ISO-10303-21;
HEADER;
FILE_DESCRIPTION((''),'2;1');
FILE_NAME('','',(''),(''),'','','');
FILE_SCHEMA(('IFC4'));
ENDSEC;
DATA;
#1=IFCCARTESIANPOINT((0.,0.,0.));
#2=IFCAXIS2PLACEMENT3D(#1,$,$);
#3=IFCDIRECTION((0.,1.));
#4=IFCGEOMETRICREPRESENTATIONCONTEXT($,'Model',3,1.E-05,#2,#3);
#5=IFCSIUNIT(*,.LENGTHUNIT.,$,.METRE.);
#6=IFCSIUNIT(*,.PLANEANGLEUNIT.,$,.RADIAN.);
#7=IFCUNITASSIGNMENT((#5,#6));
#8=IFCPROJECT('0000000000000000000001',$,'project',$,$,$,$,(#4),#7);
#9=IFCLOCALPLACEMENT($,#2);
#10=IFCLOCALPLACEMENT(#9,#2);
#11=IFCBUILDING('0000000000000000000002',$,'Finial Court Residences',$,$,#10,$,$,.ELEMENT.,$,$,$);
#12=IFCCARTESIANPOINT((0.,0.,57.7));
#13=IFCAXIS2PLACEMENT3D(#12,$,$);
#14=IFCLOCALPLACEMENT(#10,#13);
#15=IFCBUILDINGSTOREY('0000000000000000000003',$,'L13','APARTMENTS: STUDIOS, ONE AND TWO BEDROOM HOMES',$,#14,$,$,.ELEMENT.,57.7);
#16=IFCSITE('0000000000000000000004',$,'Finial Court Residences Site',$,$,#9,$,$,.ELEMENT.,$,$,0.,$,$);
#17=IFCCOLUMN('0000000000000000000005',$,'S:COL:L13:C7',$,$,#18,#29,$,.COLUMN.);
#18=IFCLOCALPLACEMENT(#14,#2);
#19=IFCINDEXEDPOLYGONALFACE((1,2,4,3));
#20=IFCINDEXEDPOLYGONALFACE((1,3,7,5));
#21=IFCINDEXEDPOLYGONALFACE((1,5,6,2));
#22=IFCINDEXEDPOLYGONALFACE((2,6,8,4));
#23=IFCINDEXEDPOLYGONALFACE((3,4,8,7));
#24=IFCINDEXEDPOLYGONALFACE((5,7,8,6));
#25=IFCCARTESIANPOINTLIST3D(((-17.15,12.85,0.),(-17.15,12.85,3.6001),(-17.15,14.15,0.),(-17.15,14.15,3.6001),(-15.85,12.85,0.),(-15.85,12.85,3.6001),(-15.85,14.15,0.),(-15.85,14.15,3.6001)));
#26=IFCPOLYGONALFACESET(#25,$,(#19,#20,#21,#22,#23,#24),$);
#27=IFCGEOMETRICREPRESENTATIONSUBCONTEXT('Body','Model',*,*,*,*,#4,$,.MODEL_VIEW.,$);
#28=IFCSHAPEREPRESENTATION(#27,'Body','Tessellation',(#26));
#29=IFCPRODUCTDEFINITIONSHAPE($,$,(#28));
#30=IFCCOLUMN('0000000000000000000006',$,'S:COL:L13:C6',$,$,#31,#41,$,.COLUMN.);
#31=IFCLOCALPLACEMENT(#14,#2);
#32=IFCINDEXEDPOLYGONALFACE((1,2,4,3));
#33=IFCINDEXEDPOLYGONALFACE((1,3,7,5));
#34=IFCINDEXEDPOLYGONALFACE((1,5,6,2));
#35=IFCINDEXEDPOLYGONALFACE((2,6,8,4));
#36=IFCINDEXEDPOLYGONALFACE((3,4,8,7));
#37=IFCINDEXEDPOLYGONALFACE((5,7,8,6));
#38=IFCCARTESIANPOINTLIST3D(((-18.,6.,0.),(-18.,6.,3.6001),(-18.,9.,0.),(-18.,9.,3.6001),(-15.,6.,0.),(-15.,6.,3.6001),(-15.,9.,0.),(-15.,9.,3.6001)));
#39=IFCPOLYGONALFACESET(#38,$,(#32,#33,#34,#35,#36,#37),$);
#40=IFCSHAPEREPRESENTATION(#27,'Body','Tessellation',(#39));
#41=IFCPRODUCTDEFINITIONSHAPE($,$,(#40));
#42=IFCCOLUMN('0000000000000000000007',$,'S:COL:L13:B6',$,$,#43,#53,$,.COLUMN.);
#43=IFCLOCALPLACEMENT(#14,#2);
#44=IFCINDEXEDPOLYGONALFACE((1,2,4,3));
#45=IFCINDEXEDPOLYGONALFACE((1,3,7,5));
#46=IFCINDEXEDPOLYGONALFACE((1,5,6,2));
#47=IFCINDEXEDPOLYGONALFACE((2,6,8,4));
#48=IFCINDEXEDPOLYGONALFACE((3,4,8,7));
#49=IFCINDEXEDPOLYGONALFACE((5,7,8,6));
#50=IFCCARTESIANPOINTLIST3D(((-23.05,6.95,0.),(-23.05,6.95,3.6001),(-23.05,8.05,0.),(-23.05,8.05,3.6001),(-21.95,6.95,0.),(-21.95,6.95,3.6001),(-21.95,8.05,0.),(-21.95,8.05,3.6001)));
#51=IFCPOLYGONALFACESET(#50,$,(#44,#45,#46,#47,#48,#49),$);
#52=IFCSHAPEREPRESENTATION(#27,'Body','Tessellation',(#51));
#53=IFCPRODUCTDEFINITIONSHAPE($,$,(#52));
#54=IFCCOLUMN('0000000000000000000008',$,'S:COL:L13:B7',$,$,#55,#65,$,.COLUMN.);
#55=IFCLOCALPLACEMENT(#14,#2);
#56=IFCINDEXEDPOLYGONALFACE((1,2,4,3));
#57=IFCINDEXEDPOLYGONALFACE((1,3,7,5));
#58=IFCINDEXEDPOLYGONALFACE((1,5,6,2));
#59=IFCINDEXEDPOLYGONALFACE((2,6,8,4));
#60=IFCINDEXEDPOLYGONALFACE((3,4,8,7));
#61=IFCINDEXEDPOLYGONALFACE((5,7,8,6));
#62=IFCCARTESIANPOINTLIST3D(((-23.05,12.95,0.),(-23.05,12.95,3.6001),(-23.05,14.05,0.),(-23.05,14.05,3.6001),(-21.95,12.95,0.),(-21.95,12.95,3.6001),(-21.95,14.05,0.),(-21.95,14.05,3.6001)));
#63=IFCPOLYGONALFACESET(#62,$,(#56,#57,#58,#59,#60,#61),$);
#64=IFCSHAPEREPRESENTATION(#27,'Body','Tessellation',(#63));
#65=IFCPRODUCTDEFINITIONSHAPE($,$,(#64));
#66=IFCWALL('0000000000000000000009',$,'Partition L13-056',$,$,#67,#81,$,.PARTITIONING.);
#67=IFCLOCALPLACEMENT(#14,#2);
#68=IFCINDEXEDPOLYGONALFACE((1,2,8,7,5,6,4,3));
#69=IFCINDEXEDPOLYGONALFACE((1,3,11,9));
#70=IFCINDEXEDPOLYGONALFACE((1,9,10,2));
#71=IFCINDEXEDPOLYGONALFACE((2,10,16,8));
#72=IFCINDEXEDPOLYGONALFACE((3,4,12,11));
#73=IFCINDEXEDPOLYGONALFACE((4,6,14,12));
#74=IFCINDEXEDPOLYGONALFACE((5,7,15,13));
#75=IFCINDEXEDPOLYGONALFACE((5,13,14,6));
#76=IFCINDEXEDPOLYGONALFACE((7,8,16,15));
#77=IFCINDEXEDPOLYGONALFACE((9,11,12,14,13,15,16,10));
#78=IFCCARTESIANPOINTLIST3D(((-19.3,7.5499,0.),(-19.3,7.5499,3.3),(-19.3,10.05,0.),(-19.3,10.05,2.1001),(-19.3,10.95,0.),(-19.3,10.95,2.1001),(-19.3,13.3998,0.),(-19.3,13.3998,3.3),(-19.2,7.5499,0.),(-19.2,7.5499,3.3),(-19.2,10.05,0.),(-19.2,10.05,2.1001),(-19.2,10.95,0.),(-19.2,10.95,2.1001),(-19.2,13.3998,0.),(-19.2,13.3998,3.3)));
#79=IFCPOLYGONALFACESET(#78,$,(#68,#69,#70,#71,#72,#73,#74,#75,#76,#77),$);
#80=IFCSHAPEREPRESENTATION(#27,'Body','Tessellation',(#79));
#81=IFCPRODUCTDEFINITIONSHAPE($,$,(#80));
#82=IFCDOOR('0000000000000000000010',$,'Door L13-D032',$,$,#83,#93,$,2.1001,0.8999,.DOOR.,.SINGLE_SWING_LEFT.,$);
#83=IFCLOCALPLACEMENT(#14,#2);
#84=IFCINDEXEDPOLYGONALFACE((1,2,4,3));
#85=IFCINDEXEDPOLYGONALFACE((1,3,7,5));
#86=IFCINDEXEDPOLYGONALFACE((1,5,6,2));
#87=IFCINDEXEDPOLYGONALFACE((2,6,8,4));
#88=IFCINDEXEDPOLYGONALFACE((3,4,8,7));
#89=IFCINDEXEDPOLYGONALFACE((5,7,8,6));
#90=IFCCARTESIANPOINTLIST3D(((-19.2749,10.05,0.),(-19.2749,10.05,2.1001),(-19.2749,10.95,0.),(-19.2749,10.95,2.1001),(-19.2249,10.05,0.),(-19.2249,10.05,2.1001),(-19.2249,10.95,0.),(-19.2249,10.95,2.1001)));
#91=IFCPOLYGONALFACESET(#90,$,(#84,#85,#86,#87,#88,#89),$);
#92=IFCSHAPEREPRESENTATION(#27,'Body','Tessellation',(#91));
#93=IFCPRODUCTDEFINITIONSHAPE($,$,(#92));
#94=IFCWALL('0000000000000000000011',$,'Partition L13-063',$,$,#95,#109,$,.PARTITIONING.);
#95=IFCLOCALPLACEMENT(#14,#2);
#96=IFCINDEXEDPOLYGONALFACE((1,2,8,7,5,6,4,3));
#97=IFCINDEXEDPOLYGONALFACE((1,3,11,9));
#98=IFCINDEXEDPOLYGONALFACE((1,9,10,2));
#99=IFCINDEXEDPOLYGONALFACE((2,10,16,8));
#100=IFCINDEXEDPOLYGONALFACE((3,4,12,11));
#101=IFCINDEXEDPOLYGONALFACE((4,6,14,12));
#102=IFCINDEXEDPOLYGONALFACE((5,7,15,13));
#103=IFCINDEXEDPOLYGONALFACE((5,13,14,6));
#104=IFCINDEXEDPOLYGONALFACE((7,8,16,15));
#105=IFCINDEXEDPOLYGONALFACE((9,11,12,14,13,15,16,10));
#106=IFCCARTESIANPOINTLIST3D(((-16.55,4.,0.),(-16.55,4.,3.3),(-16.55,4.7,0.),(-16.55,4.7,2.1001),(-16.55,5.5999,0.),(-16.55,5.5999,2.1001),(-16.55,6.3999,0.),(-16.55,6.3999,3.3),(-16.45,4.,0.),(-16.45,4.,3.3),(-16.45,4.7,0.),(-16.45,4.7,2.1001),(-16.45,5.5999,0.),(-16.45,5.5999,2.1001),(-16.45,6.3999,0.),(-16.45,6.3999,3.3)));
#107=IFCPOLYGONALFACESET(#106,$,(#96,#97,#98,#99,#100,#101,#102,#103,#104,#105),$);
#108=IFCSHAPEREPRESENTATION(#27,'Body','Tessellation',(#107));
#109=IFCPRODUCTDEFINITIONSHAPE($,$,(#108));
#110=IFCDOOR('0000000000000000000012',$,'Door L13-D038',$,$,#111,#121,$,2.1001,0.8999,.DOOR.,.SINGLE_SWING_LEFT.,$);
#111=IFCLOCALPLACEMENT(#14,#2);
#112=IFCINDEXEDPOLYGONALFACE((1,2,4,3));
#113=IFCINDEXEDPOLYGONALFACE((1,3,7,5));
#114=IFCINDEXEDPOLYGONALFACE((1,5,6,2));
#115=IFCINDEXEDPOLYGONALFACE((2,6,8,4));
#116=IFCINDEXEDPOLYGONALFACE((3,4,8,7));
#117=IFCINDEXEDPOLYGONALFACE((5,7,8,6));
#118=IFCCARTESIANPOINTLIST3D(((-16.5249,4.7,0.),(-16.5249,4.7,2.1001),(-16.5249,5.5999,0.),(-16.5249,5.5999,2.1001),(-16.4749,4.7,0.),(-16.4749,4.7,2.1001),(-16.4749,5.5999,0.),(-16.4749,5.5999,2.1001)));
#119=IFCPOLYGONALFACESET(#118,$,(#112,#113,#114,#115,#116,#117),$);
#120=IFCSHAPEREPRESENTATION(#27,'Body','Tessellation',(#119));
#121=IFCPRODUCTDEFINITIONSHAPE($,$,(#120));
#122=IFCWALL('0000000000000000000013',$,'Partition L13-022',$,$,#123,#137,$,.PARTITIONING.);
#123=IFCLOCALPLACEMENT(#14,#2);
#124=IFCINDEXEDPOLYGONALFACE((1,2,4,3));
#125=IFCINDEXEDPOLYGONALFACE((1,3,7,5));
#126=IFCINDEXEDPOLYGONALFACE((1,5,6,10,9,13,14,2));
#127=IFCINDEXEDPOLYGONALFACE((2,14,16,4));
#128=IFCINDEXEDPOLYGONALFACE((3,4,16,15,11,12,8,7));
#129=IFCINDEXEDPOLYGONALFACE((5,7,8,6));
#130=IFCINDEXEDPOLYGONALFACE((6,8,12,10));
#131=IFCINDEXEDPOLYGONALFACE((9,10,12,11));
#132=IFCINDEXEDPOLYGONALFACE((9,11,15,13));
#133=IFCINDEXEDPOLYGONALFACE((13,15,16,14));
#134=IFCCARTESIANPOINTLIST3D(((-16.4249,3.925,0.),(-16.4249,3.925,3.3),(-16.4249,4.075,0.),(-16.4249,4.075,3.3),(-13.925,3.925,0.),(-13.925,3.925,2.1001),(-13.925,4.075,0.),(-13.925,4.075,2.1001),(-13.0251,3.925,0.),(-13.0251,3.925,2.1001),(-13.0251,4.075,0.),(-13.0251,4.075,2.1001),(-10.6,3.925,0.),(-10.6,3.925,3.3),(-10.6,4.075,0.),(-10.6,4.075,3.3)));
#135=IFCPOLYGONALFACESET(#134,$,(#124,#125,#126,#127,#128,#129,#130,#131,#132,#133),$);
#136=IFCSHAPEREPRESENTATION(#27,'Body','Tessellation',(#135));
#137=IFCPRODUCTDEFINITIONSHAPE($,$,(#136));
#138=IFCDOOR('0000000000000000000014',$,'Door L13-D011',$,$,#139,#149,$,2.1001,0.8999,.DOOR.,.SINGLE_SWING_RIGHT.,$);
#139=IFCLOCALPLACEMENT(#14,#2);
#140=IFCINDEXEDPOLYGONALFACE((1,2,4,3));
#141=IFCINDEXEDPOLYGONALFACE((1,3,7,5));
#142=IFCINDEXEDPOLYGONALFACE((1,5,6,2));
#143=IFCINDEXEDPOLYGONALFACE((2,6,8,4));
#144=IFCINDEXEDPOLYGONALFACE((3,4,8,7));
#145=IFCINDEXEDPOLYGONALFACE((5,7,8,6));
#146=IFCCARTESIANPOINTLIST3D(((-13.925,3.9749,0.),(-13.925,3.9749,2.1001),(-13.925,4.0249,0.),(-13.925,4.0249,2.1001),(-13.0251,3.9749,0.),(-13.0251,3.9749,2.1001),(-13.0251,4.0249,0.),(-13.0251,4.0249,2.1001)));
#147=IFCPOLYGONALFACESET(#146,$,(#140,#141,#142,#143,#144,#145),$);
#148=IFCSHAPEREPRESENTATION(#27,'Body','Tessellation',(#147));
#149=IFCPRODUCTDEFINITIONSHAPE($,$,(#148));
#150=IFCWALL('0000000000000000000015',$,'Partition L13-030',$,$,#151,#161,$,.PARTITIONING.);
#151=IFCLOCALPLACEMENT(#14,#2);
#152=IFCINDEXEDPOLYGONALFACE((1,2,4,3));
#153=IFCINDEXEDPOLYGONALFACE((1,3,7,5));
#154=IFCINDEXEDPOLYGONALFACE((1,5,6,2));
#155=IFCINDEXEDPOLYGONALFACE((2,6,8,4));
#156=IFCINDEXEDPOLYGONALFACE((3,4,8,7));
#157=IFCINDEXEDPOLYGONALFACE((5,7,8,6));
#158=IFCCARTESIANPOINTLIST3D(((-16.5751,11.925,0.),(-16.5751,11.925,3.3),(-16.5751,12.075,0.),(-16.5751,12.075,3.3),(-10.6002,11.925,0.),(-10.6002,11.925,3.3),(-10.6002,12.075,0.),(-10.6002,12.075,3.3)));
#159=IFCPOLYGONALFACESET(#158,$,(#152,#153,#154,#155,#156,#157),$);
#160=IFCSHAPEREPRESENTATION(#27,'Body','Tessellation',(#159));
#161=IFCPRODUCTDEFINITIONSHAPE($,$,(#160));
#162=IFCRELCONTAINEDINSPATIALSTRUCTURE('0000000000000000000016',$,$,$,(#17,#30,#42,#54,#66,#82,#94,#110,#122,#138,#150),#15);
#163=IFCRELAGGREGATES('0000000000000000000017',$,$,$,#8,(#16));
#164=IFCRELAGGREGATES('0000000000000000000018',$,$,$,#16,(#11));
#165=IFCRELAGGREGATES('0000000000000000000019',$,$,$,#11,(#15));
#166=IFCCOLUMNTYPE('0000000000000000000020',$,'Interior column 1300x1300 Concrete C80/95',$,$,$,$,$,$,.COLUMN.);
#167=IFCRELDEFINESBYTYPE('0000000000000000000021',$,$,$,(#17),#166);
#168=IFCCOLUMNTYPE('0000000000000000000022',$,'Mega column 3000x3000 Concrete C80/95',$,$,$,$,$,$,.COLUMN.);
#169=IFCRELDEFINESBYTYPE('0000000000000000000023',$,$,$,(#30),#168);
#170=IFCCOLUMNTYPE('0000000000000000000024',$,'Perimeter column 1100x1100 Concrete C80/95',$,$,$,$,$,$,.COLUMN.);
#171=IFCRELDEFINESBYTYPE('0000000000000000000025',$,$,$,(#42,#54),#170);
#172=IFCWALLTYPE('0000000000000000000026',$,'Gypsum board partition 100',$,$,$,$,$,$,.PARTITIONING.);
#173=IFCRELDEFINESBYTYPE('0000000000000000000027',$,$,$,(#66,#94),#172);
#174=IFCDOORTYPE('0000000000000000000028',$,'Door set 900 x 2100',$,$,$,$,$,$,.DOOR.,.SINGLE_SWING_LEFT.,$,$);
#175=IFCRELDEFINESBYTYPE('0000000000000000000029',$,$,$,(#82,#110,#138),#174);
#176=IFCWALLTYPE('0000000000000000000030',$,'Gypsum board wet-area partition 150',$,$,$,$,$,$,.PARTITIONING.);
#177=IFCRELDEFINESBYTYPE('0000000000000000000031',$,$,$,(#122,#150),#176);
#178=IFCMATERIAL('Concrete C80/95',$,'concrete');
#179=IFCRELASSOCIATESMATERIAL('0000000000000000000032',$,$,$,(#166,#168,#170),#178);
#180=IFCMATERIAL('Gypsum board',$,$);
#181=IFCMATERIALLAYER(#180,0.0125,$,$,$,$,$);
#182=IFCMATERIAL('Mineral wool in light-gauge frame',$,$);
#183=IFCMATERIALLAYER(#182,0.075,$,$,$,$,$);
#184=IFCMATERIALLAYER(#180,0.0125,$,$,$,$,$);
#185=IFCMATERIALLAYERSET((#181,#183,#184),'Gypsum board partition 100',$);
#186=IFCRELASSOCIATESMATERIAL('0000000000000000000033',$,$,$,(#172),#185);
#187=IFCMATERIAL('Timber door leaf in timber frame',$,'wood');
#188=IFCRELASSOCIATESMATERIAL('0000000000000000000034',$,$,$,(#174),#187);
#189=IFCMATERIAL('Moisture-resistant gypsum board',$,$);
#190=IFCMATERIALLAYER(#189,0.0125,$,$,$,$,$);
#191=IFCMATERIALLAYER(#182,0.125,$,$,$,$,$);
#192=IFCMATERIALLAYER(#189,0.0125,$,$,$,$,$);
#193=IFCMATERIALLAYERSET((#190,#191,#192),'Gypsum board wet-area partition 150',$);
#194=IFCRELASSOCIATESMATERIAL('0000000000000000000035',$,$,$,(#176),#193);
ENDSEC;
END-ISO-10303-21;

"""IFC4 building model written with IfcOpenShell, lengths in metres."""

from ifc_helpers import new_model, si_unit, direction, frame, frame_2d, origin, origin_2d, place, context, subcontext, project, spatial, rectangle, extrude, material, layer, layer_set, material_profile, profile_set, type_object, element, fill, save


model = new_model("IFC4")

# Units and contexts
model_context = context("Model", 3, precision=1e-05, world=origin(), true_north=direction((0.0, 1.0)))
body_context = subcontext(model_context, "Body", "Model", "MODEL_VIEW")
ifc_project = project(units=[si_unit("LENGTHUNIT", "METRE"), si_unit("PLANEANGLEUNIT", "RADIAN")], contexts=[model_context])

# Site, building, storey
site_placement = place(None, origin())
site = spatial("IfcSite", under=ifc_project, at=site_placement, Name="Finial Court Residences Site", CompositionType="ELEMENT", RefElevation=0.0)
building_placement = place(site_placement, origin())
building = spatial("IfcBuilding", under=site, at=building_placement, Name="Finial Court Residences", CompositionType="ELEMENT")
storey_placement = place(building_placement, frame((0.0, 0.0, 57.7)))
storey = spatial("IfcBuildingStorey", under=building, at=storey_placement, Name="L13", Description="APARTMENTS: STUDIOS, ONE AND TWO BEDROOM HOMES", CompositionType="ELEMENT", Elevation=57.7)

# Columns
ifc_material_1 = material(Name="Concrete C80/95", Category="concrete")
ifc_material_profile_1 = material_profile(ifc_material_1, rectangle(XDim=1.3, YDim=1.3, at=origin_2d()), Name="1300x1300")
ifc_profile_set_1 = profile_set([ifc_material_profile_1], Name="Concrete C80/95")
column_type_1 = type_object("IfcColumnType", Name="Interior column 1300x1300 Concrete C80/95", PredefinedType="COLUMN", material=ifc_profile_set_1)
column_1_placement = place(storey_placement, frame((-16.5, 13.5, 0.0), z_axis=(0.0, 0.0, 1.0), x_axis=(1.0, 0.0, 0.0)))
element("IfcColumn", 1, at=column_1_placement, inside=storey, type_object=column_type_1, Name="S:COL:L13:C7", PredefinedType="COLUMN", context=body_context, shape_type="SweptSolid", body=[
    extrude(rectangle(XDim=1.3, YDim=1.3, at=origin_2d()), origin(), (0.0, 0.0, 1.0), 3.6001),
])
ifc_material_profile_2 = material_profile(ifc_material_1, rectangle(XDim=3.0, YDim=3.0, at=origin_2d()), Name="3000x3000")
ifc_profile_set_2 = profile_set([ifc_material_profile_2], Name="Concrete C80/95")
column_type_2 = type_object("IfcColumnType", Name="Mega column 3000x3000 Concrete C80/95", PredefinedType="COLUMN", material=ifc_profile_set_2)
column_2_placement = place(storey_placement, frame((-16.5, 7.5, 0.0), z_axis=(0.0, 0.0, 1.0), x_axis=(1.0, 0.0, 0.0)))
element("IfcColumn", 2, at=column_2_placement, inside=storey, type_object=column_type_2, Name="S:COL:L13:C6", PredefinedType="COLUMN", context=body_context, shape_type="SweptSolid", body=[
    extrude(rectangle(XDim=3.0, YDim=3.0, at=origin_2d()), origin(), (0.0, 0.0, 1.0), 3.6001),
])
ifc_material_profile_3 = material_profile(ifc_material_1, rectangle(XDim=1.1001, YDim=1.1001, at=origin_2d()), Name="1100x1100")
ifc_profile_set_3 = profile_set([ifc_material_profile_3], Name="Concrete C80/95")
column_type_3 = type_object("IfcColumnType", Name="Perimeter column 1100x1100 Concrete C80/95", PredefinedType="COLUMN", material=ifc_profile_set_3)
for number, where, z_axis, x_axis, name in (
    (3, (-22.5, 7.5, 0.0), (0.0, 0.0, 1.0), (1.0, 0.0, 0.0), "S:COL:L13:B6"),
    (4, (-22.5, 13.5, 0.0), (0.0, 0.0, 1.0), (1.0, 0.0, 0.0), "S:COL:L13:B7"),
):
    element("IfcColumn", number, at=place(storey_placement, frame(where, z_axis=z_axis, x_axis=x_axis)), inside=storey, type_object=column_type_3, Name=name, PredefinedType="COLUMN", context=body_context, shape_type="SweptSolid", body=[
        extrude(rectangle(XDim=1.1001, YDim=1.1001, at=origin_2d()), origin(), (0.0, 0.0, 1.0), 3.6001),
    ])

# Walls, openings, doors
ifc_material_2 = material(Name="Gypsum board")
ifc_layer_1 = layer(ifc_material_2, 0.0125)
ifc_material_3 = material(Name="Mineral wool in light-gauge frame")
ifc_layer_2 = layer(ifc_material_3, 0.075)
ifc_layer_3 = layer(ifc_material_2, 0.0125)
ifc_layer_set_1 = layer_set([ifc_layer_1, ifc_layer_2, ifc_layer_3], Name="Gypsum board partition 100")
wall_type_1 = type_object("IfcWallType", Name="Gypsum board partition 100", PredefinedType="PARTITIONING", material=ifc_layer_set_1)
wall_1_placement = place(storey_placement, frame((-19.25, 7.55, 0.0), z_axis=(0.0, 0.0, 1.0), x_axis=(0.0, 1.0, 0.0)))
wall_1 = element("IfcWall", 5, at=wall_1_placement, inside=storey, type_object=wall_type_1, Name="Partition L13-056", PredefinedType="PARTITIONING", context=body_context, shape_type="SweptSolid", body=[
    extrude(rectangle(XDim=5.8499, YDim=0.1001, at=frame_2d((2.9248, 0.0))), origin(), (0.0, 0.0, 1.0), 3.3),
])
opening_1_placement = place(wall_1_placement, frame((2.5, 0.0, 0.0)))
opening_1 = element("IfcOpeningElement", 6, at=opening_1_placement, cuts=wall_1, PredefinedType="OPENING", context=body_context, shape_type="SweptSolid", body=[
    extrude(rectangle(XDim=0.8999, YDim=2.1001, at=frame_2d((0.45, 1.05))), frame((0.0, 0.0601, 0.0), z_axis=(0.0, -1.0, 0.0), x_axis=(1.0, 0.0, 0.0)), (0.0, 0.0, 1.0), 0.1201),
])
ifc_material_4 = material(Name="Timber door leaf in timber frame", Category="wood")
door_type = type_object("IfcDoorType", Name="Door set 900 x 2100", OperationType="SINGLE_SWING_LEFT", PredefinedType="DOOR", material=ifc_material_4)
door_1_placement = place(opening_1_placement, origin())
door_1 = element("IfcDoor", 7, at=door_1_placement, inside=storey, type_object=door_type, Name="Door L13-D032", OperationType="SINGLE_SWING_LEFT", OverallHeight=2.1001, OverallWidth=0.8999, PredefinedType="DOOR", context=body_context, shape_type="SweptSolid", body=[
    extrude(rectangle(XDim=0.8999, YDim=2.1001, at=frame_2d((0.45, 1.05))), frame((0.0, 0.0249, 0.0), z_axis=(0.0, -1.0, 0.0), x_axis=(1.0, 0.0, 0.0)), (0.0, 0.0, 1.0), 0.05),
])
fill(opening_1, door_1)
wall_2_placement = place(storey_placement, frame((-16.5, 4.0, 0.0), z_axis=(0.0, 0.0, 1.0), x_axis=(0.0, 1.0, 0.0)))
wall_2 = element("IfcWall", 8, at=wall_2_placement, inside=storey, type_object=wall_type_1, Name="Partition L13-063", PredefinedType="PARTITIONING", context=body_context, shape_type="SweptSolid", body=[
    extrude(rectangle(XDim=2.3999, YDim=0.1001, at=frame_2d((1.2, 0.0))), origin(), (0.0, 0.0, 1.0), 3.3),
])
opening_2_placement = place(wall_2_placement, frame((0.7, 0.0, 0.0)))
opening_2 = element("IfcOpeningElement", 9, at=opening_2_placement, cuts=wall_2, PredefinedType="OPENING", context=body_context, shape_type="SweptSolid", body=[
    extrude(rectangle(XDim=0.8999, YDim=2.1001, at=frame_2d((0.45, 1.05))), frame((0.0, 0.0601, 0.0), z_axis=(0.0, -1.0, 0.0), x_axis=(1.0, 0.0, 0.0)), (0.0, 0.0, 1.0), 0.1201),
])
door_2_placement = place(opening_2_placement, origin())
door_2 = element("IfcDoor", 10, at=door_2_placement, inside=storey, type_object=door_type, Name="Door L13-D038", OperationType="SINGLE_SWING_LEFT", OverallHeight=2.1001, OverallWidth=0.8999, PredefinedType="DOOR", context=body_context, shape_type="SweptSolid", body=[
    extrude(rectangle(XDim=0.8999, YDim=2.1001, at=frame_2d((0.45, 1.05))), frame((0.0, 0.0249, 0.0), z_axis=(0.0, -1.0, 0.0), x_axis=(1.0, 0.0, 0.0)), (0.0, 0.0, 1.0), 0.05),
])
fill(opening_2, door_2)
ifc_material_5 = material(Name="Moisture-resistant gypsum board")
ifc_layer_4 = layer(ifc_material_5, 0.0125)
ifc_layer_5 = layer(ifc_material_3, 0.125)
ifc_layer_6 = layer(ifc_material_5, 0.0125)
ifc_layer_set_2 = layer_set([ifc_layer_4, ifc_layer_5, ifc_layer_6], Name="Gypsum board wet-area partition 150")
wall_type_2 = type_object("IfcWallType", Name="Gypsum board wet-area partition 150", PredefinedType="PARTITIONING", material=ifc_layer_set_2)
wall_3_placement = place(storey_placement, frame((-16.425, 4.0, 0.0), z_axis=(0.0, 0.0, 1.0), x_axis=(1.0, 0.0, 0.0)))
wall_3 = element("IfcWall", 11, at=wall_3_placement, inside=storey, type_object=wall_type_2, Name="Partition L13-022", PredefinedType="PARTITIONING", context=body_context, shape_type="SweptSolid", body=[
    extrude(rectangle(XDim=5.825, YDim=0.1499, at=frame_2d((2.9126, 0.0))), origin(), (0.0, 0.0, 1.0), 3.3),
])
opening_3_placement = place(wall_3_placement, frame((2.5, 0.0, 0.0)))
opening_3 = element("IfcOpeningElement", 12, at=opening_3_placement, cuts=wall_3, PredefinedType="OPENING", context=body_context, shape_type="SweptSolid", body=[
    extrude(rectangle(XDim=0.8999, YDim=2.1001, at=frame_2d((0.45, 1.05))), frame((0.0, 0.085, 0.0), z_axis=(0.0, -1.0, 0.0), x_axis=(1.0, 0.0, 0.0)), (0.0, 0.0, 1.0), 0.1699),
])
door_3_placement = place(opening_3_placement, origin())
door_3 = element("IfcDoor", 13, at=door_3_placement, inside=storey, type_object=door_type, Name="Door L13-D011", OperationType="SINGLE_SWING_RIGHT", OverallHeight=2.1001, OverallWidth=0.8999, PredefinedType="DOOR", context=body_context, shape_type="SweptSolid", body=[
    extrude(rectangle(XDim=0.8999, YDim=2.1001, at=frame_2d((0.45, 1.05))), frame((0.0, 0.0249, 0.0), z_axis=(0.0, -1.0, 0.0), x_axis=(1.0, 0.0, 0.0)), (0.0, 0.0, 1.0), 0.05),
])
fill(opening_3, door_3)

# Wall
wall_4_placement = place(storey_placement, frame((-16.575, 12.0, 0.0), z_axis=(0.0, 0.0, 1.0), x_axis=(1.0, 0.0, 0.0)))
element("IfcWall", 14, at=wall_4_placement, inside=storey, type_object=wall_type_2, Name="Partition L13-030", PredefinedType="PARTITIONING", context=body_context, shape_type="SweptSolid", body=[
    extrude(rectangle(XDim=5.9749, YDim=0.1499, at=frame_2d((2.9873, 0.0))), origin(), (0.0, 0.0, 1.0), 3.3),
])

save(model, "model.ifc")
